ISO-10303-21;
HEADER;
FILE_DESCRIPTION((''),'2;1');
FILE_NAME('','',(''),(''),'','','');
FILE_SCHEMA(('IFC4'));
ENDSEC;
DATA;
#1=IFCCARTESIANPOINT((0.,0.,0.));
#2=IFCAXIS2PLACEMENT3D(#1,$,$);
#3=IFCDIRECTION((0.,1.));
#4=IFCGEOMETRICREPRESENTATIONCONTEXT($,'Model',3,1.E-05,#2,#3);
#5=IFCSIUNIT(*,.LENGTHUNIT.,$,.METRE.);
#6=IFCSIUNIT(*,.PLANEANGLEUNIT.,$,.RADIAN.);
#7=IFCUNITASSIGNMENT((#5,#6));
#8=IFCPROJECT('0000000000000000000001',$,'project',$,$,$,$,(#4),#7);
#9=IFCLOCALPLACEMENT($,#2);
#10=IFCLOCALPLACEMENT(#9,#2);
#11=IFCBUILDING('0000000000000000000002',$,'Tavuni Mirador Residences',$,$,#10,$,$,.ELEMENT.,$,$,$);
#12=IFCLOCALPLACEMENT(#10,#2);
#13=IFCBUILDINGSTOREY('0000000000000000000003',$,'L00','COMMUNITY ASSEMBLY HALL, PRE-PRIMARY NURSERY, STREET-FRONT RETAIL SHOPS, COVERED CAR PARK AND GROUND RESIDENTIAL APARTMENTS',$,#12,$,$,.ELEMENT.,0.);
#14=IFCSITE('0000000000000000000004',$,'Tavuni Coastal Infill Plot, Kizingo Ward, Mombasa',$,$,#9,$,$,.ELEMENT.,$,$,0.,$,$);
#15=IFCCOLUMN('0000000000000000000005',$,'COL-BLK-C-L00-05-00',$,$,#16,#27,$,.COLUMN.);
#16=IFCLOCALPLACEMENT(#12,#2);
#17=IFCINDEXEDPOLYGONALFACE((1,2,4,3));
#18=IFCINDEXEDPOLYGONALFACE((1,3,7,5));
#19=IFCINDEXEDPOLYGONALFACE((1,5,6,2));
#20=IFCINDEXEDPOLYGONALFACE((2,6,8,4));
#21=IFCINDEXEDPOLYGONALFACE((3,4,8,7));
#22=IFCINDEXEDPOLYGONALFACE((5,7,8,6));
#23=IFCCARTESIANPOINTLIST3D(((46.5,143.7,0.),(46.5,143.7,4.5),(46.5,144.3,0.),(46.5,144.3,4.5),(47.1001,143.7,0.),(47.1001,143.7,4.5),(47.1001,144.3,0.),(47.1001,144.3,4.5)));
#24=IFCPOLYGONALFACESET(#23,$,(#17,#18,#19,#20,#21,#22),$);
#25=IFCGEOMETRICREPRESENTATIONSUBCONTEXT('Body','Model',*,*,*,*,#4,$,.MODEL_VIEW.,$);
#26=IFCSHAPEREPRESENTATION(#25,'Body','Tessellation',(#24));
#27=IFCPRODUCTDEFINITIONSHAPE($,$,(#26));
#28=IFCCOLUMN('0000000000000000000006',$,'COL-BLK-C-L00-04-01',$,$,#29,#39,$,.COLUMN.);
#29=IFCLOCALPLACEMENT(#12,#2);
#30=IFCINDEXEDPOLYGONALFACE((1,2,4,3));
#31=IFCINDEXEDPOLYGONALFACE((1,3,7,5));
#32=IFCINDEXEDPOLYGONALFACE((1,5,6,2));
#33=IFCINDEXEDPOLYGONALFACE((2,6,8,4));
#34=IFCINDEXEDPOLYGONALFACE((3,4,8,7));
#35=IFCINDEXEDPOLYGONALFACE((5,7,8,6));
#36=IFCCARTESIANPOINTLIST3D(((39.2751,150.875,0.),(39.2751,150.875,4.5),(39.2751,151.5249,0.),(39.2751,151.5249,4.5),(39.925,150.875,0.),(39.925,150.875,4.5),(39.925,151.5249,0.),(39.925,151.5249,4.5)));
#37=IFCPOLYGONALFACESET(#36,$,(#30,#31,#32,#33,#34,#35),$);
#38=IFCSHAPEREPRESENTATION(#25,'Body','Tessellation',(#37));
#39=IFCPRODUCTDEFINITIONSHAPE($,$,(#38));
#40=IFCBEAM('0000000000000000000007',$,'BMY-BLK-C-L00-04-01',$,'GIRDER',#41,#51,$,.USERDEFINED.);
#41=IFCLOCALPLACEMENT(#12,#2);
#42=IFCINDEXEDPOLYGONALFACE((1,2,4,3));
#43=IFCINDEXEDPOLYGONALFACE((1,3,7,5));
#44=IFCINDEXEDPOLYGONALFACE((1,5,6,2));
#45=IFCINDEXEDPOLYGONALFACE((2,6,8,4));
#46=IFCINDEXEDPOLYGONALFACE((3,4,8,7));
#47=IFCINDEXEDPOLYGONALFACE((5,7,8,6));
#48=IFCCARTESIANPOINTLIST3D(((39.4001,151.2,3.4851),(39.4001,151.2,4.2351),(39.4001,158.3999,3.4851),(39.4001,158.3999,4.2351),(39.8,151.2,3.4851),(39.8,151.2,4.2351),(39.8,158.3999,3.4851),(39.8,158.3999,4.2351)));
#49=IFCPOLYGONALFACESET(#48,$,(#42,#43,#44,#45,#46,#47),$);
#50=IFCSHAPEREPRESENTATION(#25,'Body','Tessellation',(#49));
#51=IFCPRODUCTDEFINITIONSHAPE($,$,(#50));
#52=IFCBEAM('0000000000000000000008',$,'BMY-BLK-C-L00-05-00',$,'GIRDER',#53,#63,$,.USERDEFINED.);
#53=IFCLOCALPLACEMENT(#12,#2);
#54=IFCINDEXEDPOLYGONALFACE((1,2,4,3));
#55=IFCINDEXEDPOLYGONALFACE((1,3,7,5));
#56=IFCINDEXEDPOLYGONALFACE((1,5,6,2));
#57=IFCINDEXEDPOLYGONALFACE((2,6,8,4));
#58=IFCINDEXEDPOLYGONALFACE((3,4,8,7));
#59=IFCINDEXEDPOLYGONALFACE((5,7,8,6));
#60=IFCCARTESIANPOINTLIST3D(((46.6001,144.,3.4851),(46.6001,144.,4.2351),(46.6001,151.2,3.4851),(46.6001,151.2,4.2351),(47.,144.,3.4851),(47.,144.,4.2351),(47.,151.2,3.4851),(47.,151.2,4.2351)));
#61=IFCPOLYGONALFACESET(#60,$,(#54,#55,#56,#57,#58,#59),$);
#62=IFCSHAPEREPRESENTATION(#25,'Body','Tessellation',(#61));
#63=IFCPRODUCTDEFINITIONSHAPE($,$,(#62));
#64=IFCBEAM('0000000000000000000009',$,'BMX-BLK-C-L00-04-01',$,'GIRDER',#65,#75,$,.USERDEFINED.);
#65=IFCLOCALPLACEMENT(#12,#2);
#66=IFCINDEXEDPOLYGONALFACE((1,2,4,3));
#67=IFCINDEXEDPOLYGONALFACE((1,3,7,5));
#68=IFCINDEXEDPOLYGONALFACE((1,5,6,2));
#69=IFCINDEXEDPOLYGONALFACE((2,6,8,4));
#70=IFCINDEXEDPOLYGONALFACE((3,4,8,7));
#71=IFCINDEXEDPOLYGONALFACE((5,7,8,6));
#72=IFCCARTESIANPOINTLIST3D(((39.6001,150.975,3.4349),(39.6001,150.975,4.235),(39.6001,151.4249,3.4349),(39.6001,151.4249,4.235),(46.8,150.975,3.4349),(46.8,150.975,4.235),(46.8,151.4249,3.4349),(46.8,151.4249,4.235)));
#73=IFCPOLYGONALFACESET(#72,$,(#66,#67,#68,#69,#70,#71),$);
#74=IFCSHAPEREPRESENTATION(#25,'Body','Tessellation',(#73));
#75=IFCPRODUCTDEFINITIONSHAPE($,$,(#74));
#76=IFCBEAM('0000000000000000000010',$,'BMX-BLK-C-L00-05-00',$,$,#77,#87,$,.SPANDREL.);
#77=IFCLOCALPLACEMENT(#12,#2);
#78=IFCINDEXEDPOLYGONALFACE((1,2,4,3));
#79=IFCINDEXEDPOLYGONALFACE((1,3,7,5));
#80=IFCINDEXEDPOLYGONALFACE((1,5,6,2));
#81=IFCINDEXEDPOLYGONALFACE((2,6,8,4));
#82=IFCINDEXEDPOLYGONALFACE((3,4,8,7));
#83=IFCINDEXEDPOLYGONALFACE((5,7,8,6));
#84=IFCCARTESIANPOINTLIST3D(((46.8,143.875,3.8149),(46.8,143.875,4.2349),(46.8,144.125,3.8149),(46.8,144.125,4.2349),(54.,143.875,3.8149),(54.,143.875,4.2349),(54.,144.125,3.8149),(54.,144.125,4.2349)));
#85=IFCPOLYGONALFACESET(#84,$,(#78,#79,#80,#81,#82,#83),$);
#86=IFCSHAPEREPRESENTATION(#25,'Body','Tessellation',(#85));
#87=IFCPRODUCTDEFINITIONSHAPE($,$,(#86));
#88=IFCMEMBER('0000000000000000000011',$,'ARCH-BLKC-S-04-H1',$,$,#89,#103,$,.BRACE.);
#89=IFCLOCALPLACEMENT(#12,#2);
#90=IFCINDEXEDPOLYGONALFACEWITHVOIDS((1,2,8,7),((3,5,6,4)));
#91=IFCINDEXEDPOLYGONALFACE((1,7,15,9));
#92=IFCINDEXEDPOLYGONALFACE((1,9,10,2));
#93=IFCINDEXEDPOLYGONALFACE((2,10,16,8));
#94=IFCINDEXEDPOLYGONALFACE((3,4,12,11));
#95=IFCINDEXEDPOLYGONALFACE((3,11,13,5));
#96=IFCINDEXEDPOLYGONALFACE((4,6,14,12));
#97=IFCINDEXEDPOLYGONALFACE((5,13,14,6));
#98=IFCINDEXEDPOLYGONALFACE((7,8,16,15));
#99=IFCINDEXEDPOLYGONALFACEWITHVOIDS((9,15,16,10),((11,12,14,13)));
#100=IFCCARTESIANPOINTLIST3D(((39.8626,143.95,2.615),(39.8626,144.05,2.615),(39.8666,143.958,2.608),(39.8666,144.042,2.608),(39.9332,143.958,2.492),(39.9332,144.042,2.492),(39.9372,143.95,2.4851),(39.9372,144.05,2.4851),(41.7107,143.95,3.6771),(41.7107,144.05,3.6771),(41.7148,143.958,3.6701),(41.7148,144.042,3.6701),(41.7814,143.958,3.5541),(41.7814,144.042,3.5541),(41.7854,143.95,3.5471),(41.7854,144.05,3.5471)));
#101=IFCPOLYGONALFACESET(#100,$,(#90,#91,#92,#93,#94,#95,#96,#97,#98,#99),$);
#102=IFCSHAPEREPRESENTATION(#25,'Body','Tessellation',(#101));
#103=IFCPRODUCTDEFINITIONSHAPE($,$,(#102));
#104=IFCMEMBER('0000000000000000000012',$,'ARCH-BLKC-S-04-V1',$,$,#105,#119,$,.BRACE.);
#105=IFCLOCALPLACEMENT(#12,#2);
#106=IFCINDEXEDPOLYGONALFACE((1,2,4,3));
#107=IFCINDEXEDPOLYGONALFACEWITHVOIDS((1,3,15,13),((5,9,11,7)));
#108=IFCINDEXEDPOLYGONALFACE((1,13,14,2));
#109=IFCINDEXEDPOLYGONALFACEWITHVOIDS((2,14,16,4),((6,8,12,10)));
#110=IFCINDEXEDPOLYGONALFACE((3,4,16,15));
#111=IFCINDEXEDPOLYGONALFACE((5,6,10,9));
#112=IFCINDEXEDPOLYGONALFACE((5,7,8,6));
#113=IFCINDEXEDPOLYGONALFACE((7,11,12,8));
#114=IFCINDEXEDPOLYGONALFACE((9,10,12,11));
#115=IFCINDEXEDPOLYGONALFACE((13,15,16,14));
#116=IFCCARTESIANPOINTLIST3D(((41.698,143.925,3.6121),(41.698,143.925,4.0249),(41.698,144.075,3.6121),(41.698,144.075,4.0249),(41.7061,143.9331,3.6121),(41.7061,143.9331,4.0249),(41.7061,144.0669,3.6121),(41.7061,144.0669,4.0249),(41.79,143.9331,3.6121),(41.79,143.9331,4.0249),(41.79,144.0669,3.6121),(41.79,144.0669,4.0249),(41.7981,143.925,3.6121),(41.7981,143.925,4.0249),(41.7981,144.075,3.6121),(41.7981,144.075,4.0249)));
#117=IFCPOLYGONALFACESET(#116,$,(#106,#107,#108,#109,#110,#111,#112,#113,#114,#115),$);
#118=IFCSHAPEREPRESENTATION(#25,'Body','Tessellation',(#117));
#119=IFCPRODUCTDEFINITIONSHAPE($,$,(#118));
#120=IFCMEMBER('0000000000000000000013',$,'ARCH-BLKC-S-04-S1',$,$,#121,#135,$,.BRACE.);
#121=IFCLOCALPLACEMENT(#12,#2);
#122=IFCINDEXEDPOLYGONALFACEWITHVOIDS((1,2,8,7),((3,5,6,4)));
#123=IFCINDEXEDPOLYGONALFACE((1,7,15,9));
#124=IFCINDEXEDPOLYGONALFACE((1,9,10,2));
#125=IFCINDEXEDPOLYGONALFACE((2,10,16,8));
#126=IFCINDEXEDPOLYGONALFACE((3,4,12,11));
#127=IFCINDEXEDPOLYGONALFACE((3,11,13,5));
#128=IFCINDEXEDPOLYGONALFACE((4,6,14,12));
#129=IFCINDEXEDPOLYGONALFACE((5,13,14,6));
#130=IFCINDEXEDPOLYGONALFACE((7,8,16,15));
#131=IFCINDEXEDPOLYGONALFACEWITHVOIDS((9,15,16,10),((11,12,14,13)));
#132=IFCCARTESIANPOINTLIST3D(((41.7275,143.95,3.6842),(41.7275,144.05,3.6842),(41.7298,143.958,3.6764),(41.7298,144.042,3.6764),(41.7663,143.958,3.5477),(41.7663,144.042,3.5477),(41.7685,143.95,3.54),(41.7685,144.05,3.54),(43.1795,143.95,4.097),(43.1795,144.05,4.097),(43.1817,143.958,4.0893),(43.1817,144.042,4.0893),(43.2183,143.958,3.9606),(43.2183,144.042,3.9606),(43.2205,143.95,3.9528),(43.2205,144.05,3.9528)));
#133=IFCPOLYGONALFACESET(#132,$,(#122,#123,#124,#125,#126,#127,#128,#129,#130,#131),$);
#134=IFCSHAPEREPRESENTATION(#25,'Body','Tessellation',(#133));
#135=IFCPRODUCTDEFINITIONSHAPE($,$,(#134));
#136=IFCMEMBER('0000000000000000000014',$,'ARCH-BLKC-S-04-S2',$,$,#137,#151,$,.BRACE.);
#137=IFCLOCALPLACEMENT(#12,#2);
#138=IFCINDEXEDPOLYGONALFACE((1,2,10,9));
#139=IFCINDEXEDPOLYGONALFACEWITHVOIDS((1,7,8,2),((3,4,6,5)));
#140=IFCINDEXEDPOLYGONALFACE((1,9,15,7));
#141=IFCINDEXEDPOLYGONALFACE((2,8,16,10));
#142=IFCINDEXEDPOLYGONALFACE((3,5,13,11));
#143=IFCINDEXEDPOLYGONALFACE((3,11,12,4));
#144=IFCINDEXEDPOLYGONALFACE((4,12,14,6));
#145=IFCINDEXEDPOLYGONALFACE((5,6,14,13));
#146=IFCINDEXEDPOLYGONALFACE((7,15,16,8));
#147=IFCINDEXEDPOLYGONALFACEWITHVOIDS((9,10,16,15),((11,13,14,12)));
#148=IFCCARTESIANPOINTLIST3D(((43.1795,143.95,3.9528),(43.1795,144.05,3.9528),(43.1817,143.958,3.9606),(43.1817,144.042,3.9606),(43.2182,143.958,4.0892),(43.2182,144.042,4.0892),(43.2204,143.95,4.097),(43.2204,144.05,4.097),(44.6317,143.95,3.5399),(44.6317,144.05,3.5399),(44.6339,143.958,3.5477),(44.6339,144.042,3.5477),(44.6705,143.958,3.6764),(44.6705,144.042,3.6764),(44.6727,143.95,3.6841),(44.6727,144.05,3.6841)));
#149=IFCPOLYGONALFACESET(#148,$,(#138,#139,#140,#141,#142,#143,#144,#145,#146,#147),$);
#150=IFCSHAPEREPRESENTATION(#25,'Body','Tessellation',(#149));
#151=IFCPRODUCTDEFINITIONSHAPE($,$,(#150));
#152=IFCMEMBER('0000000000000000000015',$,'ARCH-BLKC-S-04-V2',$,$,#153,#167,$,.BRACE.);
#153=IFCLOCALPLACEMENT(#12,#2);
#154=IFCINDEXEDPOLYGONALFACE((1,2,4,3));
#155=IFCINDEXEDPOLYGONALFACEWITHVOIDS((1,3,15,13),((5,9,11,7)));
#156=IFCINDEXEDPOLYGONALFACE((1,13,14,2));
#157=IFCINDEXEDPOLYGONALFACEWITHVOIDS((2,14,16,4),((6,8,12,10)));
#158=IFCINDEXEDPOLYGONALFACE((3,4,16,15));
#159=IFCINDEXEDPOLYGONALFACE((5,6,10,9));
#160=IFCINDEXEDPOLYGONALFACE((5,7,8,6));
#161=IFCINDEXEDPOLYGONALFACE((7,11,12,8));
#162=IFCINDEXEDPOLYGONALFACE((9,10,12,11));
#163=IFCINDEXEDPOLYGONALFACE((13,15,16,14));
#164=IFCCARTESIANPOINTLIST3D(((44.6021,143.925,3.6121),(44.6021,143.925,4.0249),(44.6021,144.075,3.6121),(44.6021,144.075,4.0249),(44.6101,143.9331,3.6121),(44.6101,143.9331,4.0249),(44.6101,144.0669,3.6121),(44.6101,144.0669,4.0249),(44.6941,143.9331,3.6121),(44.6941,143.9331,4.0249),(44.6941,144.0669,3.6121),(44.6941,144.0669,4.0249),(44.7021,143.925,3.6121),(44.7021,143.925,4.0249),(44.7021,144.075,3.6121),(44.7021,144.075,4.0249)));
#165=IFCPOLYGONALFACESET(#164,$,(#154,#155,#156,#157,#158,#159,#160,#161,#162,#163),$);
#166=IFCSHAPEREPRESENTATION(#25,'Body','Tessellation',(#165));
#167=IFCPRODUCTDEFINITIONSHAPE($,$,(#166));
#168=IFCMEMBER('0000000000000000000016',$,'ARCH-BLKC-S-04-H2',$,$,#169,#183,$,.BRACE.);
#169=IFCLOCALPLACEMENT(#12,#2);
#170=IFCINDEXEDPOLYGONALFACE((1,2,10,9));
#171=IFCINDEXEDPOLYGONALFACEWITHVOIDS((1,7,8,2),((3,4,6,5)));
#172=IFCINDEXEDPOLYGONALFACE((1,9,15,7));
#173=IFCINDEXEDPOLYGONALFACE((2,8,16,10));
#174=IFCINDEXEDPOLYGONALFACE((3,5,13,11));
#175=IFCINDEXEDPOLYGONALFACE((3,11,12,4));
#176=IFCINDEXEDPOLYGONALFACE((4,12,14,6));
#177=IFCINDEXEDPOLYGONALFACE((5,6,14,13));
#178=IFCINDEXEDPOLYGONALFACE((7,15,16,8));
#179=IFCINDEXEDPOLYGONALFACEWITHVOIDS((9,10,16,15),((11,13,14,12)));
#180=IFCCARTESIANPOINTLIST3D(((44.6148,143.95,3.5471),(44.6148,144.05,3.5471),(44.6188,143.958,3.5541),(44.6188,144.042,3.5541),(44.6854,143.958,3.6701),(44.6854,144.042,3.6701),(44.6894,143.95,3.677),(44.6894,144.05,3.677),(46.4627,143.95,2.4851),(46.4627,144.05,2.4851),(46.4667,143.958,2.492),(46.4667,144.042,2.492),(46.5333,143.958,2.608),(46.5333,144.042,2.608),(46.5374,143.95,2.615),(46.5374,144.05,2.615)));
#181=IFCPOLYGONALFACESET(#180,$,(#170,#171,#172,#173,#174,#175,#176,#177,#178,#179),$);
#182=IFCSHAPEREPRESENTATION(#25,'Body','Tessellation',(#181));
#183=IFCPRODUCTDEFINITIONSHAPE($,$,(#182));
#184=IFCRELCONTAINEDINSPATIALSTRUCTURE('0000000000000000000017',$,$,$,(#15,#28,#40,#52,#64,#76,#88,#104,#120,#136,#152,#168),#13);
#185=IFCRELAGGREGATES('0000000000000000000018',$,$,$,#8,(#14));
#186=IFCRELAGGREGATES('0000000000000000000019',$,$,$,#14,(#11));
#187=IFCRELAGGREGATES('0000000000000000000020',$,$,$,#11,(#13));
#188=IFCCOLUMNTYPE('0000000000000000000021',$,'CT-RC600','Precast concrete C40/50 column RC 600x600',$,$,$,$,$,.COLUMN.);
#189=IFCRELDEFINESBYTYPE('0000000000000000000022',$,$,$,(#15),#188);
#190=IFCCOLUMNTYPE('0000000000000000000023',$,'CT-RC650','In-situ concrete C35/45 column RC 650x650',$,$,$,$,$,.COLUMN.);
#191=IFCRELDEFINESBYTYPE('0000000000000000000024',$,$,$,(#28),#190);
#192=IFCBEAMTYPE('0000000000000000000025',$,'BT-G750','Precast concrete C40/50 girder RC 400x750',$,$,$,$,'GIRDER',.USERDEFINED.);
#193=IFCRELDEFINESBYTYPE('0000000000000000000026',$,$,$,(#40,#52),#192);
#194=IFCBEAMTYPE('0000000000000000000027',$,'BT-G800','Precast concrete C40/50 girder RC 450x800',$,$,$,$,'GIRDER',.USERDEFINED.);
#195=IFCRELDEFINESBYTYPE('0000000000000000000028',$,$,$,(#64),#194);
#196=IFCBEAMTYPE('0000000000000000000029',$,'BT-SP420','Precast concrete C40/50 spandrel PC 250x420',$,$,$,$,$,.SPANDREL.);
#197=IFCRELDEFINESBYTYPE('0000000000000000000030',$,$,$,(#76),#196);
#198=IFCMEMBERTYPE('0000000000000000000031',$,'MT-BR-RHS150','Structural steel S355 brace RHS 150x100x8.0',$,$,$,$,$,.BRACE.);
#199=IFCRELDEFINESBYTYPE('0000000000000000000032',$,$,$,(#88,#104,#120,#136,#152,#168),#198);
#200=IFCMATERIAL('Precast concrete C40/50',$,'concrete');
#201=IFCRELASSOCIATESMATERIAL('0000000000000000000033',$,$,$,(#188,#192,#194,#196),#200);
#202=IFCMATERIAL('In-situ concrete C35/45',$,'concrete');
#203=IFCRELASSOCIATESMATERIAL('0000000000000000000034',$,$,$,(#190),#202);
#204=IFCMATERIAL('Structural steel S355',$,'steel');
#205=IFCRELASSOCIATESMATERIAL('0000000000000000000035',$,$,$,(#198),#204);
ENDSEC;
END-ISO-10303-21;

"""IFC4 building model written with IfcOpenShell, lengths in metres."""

from ifc_helpers import new_model, si_unit, direction, frame, origin, origin_2d, place, context, subcontext, project, spatial, rectangle, hollow_rectangle, extrude, material, material_profile, profile_set, type_object, element, save


model = new_model("IFC4")

# Units and contexts
model_context = context("Model", 3, precision=1e-05, world=origin(), true_north=direction((0.0, 1.0)))
body_context = subcontext(model_context, "Body", "Model", "MODEL_VIEW")
ifc_project = project(units=[si_unit("LENGTHUNIT", "METRE"), si_unit("PLANEANGLEUNIT", "RADIAN")], contexts=[model_context])

# Site, building, storey
site_placement = place(None, origin())
site = spatial("IfcSite", under=ifc_project, at=site_placement, Name="Tavuni Coastal Infill Plot, Kizingo Ward, Mombasa", CompositionType="ELEMENT", RefElevation=0.0)
building_placement = place(site_placement, origin())
building = spatial("IfcBuilding", under=site, at=building_placement, Name="Tavuni Mirador Residences", CompositionType="ELEMENT")
storey_placement = place(building_placement, origin())
storey = spatial("IfcBuildingStorey", under=building, at=storey_placement, Name="L00", Description="COMMUNITY ASSEMBLY HALL, PRE-PRIMARY NURSERY, STREET-FRONT RETAIL SHOPS, COVERED CAR PARK AND GROUND RESIDENTIAL APARTMENTS", CompositionType="ELEMENT", Elevation=0.0)

# Columns
ifc_material_1 = material(Name="Precast concrete C40/50", Category="concrete")
ifc_material_profile_1 = material_profile(ifc_material_1, rectangle(XDim=0.6001, YDim=0.6001, at=origin_2d()), Name="RC 600x600", Category="concrete")
ifc_profile_set_1 = profile_set([ifc_material_profile_1], Name="Precast concrete C40/50")
column_type_1 = type_object("IfcColumnType", Name="CT-RC600", Description="Precast concrete C40/50 column RC 600x600", PredefinedType="COLUMN", material=ifc_profile_set_1)
column_1_placement = place(storey_placement, frame((46.8, 144.0, 0.0), z_axis=(0.0, 0.0, 1.0), x_axis=(1.0, 0.0, 0.0)))
element("IfcColumn", 1, at=column_1_placement, inside=storey, type_object=column_type_1, Name="COL-BLK-C-L00-05-00", PredefinedType="COLUMN", context=body_context, shape_type="SweptSolid", body=[
    extrude(rectangle(XDim=0.6001, YDim=0.6001, at=origin_2d()), origin(), (0.0, 0.0, 1.0), 4.5),
])
ifc_material_2 = material(Name="In-situ concrete C35/45", Category="concrete")
ifc_material_profile_2 = material_profile(ifc_material_2, rectangle(XDim=0.6499, YDim=0.6499, at=origin_2d()), Name="RC 650x650", Category="concrete")
ifc_profile_set_2 = profile_set([ifc_material_profile_2], Name="In-situ concrete C35/45")
column_type_2 = type_object("IfcColumnType", Name="CT-RC650", Description="In-situ concrete C35/45 column RC 650x650", PredefinedType="COLUMN", material=ifc_profile_set_2)
column_2_placement = place(storey_placement, frame((39.6001, 151.2, 0.0), z_axis=(0.0, 0.0, 1.0), x_axis=(1.0, 0.0, 0.0)))
element("IfcColumn", 2, at=column_2_placement, inside=storey, type_object=column_type_2, Name="COL-BLK-C-L00-04-01", PredefinedType="COLUMN", context=body_context, shape_type="SweptSolid", body=[
    extrude(rectangle(XDim=0.6499, YDim=0.6499, at=origin_2d()), origin(), (0.0, 0.0, 1.0), 4.5),
])

# Beams
ifc_material_profile_3 = material_profile(ifc_material_1, rectangle(XDim=0.3999, YDim=0.75, at=origin_2d()), Name="RC 400x750", Category="concrete")
ifc_profile_set_3 = profile_set([ifc_material_profile_3], Name="Precast concrete C40/50")
beam_type_1 = type_object("IfcBeamType", Name="BT-G750", Description="Precast concrete C40/50 girder RC 400x750", ElementType="GIRDER", PredefinedType="USERDEFINED", material=ifc_profile_set_3)
for number, where, z_axis, x_axis, name in (
    (3, (39.6001, 151.2, 3.8601), (0.0, 1.0, 0.0), (-1.0, 0.0, 0.0), "BMY-BLK-C-L00-04-01"),
    (4, (46.8, 144.0, 3.8601), (0.0, 1.0, 0.0), (-1.0, 0.0, 0.0), "BMY-BLK-C-L00-05-00"),
):
    element("IfcBeam", number, at=place(storey_placement, frame(where, z_axis=z_axis, x_axis=x_axis)), inside=storey, type_object=beam_type_1, Name=name, ObjectType="GIRDER", PredefinedType="USERDEFINED", context=body_context, shape_type="SweptSolid", body=[
        extrude(rectangle(XDim=0.3999, YDim=0.75, at=origin_2d()), origin(), (0.0, 0.0, 1.0), 7.2),
    ])
ifc_material_profile_4 = material_profile(ifc_material_1, rectangle(XDim=0.45, YDim=0.8, at=origin_2d()), Name="RC 450x800", Category="concrete")
ifc_profile_set_4 = profile_set([ifc_material_profile_4], Name="Precast concrete C40/50")
beam_type_2 = type_object("IfcBeamType", Name="BT-G800", Description="Precast concrete C40/50 girder RC 450x800", ElementType="GIRDER", PredefinedType="USERDEFINED", material=ifc_profile_set_4)
beam_1_placement = place(storey_placement, frame((39.6001, 151.2, 3.835), z_axis=(1.0, 0.0, 0.0), x_axis=(0.0, 1.0, 0.0)))
element("IfcBeam", 5, at=beam_1_placement, inside=storey, type_object=beam_type_2, Name="BMX-BLK-C-L00-04-01", ObjectType="GIRDER", PredefinedType="USERDEFINED", context=body_context, shape_type="SweptSolid", body=[
    extrude(rectangle(XDim=0.45, YDim=0.8, at=origin_2d()), origin(), (0.0, 0.0, 1.0), 7.2),
])
ifc_material_profile_5 = material_profile(ifc_material_1, rectangle(XDim=0.25, YDim=0.4199, at=origin_2d()), Name="PC 250x420", Category="concrete")
ifc_profile_set_5 = profile_set([ifc_material_profile_5], Name="Precast concrete C40/50")
beam_type_3 = type_object("IfcBeamType", Name="BT-SP420", Description="Precast concrete C40/50 spandrel PC 250x420", PredefinedType="SPANDREL", material=ifc_profile_set_5)
beam_2_placement = place(storey_placement, frame((46.8, 144.0, 4.0249), z_axis=(1.0, 0.0, 0.0), x_axis=(0.0, 1.0, 0.0)))
element("IfcBeam", 6, at=beam_2_placement, inside=storey, type_object=beam_type_3, Name="BMX-BLK-C-L00-05-00", PredefinedType="SPANDREL", context=body_context, shape_type="SweptSolid", body=[
    extrude(rectangle(XDim=0.25, YDim=0.4199, at=origin_2d()), origin(), (0.0, 0.0, 1.0), 7.2),
])

# Members
ifc_material_3 = material(Name="Structural steel S355", Category="steel")
ifc_material_profile_6 = material_profile(ifc_material_3, hollow_rectangle(XDim=0.1001, YDim=0.1499, WallThickness=0.0081, at=origin_2d()), Name="RHS 150x100x8.0", Category="steel")
ifc_profile_set_6 = profile_set([ifc_material_profile_6], Name="Structural steel S355")
member_type = type_object("IfcMemberType", Name="MT-BR-RHS150", Description="Structural steel S355 brace RHS 150x100x8.0", PredefinedType="BRACE", material=ifc_profile_set_6)
member_1_placement = place(storey_placement, frame((39.8999, 144.0, 2.55), z_axis=(0.867042, 0.0, 0.498234), x_axis=(0.0, 1.0, 0.0)))
element("IfcMember", 7, at=member_1_placement, inside=storey, type_object=member_type, Name="ARCH-BLKC-S-04-H1", PredefinedType="BRACE", context=body_context, shape_type="SweptSolid", body=[
    extrude(hollow_rectangle(XDim=0.1001, YDim=0.1499, WallThickness=0.0081, at=origin_2d()), origin(), (0.0, 0.0, 1.0), 2.1316),
])
member_2_placement = place(storey_placement, frame((41.748, 144.0, 3.6121), z_axis=(0.0, 0.0, 1.0), x_axis=(1.0, 0.0, 0.0)))
element("IfcMember", 8, at=member_2_placement, inside=storey, type_object=member_type, Name="ARCH-BLKC-S-04-V1", PredefinedType="BRACE", context=body_context, shape_type="SweptSolid", body=[
    extrude(hollow_rectangle(XDim=0.1001, YDim=0.1499, WallThickness=0.0081, at=origin_2d()), origin(), (0.0, 0.0, 1.0), 0.4128),
])
member_3_placement = place(storey_placement, frame((41.748, 144.0, 3.6121), z_axis=(0.961871, 0.0, 0.273503), x_axis=(0.0, 1.0, 0.0)))
element("IfcMember", 9, at=member_3_placement, inside=storey, type_object=member_type, Name="ARCH-BLKC-S-04-S1", PredefinedType="BRACE", context=body_context, shape_type="SweptSolid", body=[
    extrude(hollow_rectangle(XDim=0.1001, YDim=0.1499, WallThickness=0.0081, at=origin_2d()), origin(), (0.0, 0.0, 1.0), 1.5095),
])
member_4_placement = place(storey_placement, frame((43.2, 144.0, 4.0249), z_axis=(0.961883, 0.0, -0.273461), x_axis=(0.0, 1.0, 0.0)))
element("IfcMember", 10, at=member_4_placement, inside=storey, type_object=member_type, Name="ARCH-BLKC-S-04-S2", PredefinedType="BRACE", context=body_context, shape_type="SweptSolid", body=[
    extrude(hollow_rectangle(XDim=0.1001, YDim=0.1499, WallThickness=0.0081, at=origin_2d()), origin(), (0.0, 0.0, 1.0), 1.5098),
])
member_5_placement = place(storey_placement, frame((44.6521, 144.0, 3.6121), z_axis=(0.0, 0.0, 1.0), x_axis=(1.0, 0.0, 0.0)))
element("IfcMember", 11, at=member_5_placement, inside=storey, type_object=member_type, Name="ARCH-BLKC-S-04-V2", PredefinedType="BRACE", context=body_context, shape_type="SweptSolid", body=[
    extrude(hollow_rectangle(XDim=0.1001, YDim=0.1499, WallThickness=0.0081, at=origin_2d()), origin(), (0.0, 0.0, 1.0), 0.4128),
])
member_6_placement = place(storey_placement, frame((44.6521, 144.0, 3.6121), z_axis=(0.867014, 0.0, -0.498284), x_axis=(0.0, 1.0, 0.0)))
element("IfcMember", 12, at=member_6_placement, inside=storey, type_object=member_type, Name="ARCH-BLKC-S-04-H2", PredefinedType="BRACE", context=body_context, shape_type="SweptSolid", body=[
    extrude(hollow_rectangle(XDim=0.1001, YDim=0.1499, WallThickness=0.0081, at=origin_2d()), origin(), (0.0, 0.0, 1.0), 2.1313),
])

save(model, "model.ifc")
